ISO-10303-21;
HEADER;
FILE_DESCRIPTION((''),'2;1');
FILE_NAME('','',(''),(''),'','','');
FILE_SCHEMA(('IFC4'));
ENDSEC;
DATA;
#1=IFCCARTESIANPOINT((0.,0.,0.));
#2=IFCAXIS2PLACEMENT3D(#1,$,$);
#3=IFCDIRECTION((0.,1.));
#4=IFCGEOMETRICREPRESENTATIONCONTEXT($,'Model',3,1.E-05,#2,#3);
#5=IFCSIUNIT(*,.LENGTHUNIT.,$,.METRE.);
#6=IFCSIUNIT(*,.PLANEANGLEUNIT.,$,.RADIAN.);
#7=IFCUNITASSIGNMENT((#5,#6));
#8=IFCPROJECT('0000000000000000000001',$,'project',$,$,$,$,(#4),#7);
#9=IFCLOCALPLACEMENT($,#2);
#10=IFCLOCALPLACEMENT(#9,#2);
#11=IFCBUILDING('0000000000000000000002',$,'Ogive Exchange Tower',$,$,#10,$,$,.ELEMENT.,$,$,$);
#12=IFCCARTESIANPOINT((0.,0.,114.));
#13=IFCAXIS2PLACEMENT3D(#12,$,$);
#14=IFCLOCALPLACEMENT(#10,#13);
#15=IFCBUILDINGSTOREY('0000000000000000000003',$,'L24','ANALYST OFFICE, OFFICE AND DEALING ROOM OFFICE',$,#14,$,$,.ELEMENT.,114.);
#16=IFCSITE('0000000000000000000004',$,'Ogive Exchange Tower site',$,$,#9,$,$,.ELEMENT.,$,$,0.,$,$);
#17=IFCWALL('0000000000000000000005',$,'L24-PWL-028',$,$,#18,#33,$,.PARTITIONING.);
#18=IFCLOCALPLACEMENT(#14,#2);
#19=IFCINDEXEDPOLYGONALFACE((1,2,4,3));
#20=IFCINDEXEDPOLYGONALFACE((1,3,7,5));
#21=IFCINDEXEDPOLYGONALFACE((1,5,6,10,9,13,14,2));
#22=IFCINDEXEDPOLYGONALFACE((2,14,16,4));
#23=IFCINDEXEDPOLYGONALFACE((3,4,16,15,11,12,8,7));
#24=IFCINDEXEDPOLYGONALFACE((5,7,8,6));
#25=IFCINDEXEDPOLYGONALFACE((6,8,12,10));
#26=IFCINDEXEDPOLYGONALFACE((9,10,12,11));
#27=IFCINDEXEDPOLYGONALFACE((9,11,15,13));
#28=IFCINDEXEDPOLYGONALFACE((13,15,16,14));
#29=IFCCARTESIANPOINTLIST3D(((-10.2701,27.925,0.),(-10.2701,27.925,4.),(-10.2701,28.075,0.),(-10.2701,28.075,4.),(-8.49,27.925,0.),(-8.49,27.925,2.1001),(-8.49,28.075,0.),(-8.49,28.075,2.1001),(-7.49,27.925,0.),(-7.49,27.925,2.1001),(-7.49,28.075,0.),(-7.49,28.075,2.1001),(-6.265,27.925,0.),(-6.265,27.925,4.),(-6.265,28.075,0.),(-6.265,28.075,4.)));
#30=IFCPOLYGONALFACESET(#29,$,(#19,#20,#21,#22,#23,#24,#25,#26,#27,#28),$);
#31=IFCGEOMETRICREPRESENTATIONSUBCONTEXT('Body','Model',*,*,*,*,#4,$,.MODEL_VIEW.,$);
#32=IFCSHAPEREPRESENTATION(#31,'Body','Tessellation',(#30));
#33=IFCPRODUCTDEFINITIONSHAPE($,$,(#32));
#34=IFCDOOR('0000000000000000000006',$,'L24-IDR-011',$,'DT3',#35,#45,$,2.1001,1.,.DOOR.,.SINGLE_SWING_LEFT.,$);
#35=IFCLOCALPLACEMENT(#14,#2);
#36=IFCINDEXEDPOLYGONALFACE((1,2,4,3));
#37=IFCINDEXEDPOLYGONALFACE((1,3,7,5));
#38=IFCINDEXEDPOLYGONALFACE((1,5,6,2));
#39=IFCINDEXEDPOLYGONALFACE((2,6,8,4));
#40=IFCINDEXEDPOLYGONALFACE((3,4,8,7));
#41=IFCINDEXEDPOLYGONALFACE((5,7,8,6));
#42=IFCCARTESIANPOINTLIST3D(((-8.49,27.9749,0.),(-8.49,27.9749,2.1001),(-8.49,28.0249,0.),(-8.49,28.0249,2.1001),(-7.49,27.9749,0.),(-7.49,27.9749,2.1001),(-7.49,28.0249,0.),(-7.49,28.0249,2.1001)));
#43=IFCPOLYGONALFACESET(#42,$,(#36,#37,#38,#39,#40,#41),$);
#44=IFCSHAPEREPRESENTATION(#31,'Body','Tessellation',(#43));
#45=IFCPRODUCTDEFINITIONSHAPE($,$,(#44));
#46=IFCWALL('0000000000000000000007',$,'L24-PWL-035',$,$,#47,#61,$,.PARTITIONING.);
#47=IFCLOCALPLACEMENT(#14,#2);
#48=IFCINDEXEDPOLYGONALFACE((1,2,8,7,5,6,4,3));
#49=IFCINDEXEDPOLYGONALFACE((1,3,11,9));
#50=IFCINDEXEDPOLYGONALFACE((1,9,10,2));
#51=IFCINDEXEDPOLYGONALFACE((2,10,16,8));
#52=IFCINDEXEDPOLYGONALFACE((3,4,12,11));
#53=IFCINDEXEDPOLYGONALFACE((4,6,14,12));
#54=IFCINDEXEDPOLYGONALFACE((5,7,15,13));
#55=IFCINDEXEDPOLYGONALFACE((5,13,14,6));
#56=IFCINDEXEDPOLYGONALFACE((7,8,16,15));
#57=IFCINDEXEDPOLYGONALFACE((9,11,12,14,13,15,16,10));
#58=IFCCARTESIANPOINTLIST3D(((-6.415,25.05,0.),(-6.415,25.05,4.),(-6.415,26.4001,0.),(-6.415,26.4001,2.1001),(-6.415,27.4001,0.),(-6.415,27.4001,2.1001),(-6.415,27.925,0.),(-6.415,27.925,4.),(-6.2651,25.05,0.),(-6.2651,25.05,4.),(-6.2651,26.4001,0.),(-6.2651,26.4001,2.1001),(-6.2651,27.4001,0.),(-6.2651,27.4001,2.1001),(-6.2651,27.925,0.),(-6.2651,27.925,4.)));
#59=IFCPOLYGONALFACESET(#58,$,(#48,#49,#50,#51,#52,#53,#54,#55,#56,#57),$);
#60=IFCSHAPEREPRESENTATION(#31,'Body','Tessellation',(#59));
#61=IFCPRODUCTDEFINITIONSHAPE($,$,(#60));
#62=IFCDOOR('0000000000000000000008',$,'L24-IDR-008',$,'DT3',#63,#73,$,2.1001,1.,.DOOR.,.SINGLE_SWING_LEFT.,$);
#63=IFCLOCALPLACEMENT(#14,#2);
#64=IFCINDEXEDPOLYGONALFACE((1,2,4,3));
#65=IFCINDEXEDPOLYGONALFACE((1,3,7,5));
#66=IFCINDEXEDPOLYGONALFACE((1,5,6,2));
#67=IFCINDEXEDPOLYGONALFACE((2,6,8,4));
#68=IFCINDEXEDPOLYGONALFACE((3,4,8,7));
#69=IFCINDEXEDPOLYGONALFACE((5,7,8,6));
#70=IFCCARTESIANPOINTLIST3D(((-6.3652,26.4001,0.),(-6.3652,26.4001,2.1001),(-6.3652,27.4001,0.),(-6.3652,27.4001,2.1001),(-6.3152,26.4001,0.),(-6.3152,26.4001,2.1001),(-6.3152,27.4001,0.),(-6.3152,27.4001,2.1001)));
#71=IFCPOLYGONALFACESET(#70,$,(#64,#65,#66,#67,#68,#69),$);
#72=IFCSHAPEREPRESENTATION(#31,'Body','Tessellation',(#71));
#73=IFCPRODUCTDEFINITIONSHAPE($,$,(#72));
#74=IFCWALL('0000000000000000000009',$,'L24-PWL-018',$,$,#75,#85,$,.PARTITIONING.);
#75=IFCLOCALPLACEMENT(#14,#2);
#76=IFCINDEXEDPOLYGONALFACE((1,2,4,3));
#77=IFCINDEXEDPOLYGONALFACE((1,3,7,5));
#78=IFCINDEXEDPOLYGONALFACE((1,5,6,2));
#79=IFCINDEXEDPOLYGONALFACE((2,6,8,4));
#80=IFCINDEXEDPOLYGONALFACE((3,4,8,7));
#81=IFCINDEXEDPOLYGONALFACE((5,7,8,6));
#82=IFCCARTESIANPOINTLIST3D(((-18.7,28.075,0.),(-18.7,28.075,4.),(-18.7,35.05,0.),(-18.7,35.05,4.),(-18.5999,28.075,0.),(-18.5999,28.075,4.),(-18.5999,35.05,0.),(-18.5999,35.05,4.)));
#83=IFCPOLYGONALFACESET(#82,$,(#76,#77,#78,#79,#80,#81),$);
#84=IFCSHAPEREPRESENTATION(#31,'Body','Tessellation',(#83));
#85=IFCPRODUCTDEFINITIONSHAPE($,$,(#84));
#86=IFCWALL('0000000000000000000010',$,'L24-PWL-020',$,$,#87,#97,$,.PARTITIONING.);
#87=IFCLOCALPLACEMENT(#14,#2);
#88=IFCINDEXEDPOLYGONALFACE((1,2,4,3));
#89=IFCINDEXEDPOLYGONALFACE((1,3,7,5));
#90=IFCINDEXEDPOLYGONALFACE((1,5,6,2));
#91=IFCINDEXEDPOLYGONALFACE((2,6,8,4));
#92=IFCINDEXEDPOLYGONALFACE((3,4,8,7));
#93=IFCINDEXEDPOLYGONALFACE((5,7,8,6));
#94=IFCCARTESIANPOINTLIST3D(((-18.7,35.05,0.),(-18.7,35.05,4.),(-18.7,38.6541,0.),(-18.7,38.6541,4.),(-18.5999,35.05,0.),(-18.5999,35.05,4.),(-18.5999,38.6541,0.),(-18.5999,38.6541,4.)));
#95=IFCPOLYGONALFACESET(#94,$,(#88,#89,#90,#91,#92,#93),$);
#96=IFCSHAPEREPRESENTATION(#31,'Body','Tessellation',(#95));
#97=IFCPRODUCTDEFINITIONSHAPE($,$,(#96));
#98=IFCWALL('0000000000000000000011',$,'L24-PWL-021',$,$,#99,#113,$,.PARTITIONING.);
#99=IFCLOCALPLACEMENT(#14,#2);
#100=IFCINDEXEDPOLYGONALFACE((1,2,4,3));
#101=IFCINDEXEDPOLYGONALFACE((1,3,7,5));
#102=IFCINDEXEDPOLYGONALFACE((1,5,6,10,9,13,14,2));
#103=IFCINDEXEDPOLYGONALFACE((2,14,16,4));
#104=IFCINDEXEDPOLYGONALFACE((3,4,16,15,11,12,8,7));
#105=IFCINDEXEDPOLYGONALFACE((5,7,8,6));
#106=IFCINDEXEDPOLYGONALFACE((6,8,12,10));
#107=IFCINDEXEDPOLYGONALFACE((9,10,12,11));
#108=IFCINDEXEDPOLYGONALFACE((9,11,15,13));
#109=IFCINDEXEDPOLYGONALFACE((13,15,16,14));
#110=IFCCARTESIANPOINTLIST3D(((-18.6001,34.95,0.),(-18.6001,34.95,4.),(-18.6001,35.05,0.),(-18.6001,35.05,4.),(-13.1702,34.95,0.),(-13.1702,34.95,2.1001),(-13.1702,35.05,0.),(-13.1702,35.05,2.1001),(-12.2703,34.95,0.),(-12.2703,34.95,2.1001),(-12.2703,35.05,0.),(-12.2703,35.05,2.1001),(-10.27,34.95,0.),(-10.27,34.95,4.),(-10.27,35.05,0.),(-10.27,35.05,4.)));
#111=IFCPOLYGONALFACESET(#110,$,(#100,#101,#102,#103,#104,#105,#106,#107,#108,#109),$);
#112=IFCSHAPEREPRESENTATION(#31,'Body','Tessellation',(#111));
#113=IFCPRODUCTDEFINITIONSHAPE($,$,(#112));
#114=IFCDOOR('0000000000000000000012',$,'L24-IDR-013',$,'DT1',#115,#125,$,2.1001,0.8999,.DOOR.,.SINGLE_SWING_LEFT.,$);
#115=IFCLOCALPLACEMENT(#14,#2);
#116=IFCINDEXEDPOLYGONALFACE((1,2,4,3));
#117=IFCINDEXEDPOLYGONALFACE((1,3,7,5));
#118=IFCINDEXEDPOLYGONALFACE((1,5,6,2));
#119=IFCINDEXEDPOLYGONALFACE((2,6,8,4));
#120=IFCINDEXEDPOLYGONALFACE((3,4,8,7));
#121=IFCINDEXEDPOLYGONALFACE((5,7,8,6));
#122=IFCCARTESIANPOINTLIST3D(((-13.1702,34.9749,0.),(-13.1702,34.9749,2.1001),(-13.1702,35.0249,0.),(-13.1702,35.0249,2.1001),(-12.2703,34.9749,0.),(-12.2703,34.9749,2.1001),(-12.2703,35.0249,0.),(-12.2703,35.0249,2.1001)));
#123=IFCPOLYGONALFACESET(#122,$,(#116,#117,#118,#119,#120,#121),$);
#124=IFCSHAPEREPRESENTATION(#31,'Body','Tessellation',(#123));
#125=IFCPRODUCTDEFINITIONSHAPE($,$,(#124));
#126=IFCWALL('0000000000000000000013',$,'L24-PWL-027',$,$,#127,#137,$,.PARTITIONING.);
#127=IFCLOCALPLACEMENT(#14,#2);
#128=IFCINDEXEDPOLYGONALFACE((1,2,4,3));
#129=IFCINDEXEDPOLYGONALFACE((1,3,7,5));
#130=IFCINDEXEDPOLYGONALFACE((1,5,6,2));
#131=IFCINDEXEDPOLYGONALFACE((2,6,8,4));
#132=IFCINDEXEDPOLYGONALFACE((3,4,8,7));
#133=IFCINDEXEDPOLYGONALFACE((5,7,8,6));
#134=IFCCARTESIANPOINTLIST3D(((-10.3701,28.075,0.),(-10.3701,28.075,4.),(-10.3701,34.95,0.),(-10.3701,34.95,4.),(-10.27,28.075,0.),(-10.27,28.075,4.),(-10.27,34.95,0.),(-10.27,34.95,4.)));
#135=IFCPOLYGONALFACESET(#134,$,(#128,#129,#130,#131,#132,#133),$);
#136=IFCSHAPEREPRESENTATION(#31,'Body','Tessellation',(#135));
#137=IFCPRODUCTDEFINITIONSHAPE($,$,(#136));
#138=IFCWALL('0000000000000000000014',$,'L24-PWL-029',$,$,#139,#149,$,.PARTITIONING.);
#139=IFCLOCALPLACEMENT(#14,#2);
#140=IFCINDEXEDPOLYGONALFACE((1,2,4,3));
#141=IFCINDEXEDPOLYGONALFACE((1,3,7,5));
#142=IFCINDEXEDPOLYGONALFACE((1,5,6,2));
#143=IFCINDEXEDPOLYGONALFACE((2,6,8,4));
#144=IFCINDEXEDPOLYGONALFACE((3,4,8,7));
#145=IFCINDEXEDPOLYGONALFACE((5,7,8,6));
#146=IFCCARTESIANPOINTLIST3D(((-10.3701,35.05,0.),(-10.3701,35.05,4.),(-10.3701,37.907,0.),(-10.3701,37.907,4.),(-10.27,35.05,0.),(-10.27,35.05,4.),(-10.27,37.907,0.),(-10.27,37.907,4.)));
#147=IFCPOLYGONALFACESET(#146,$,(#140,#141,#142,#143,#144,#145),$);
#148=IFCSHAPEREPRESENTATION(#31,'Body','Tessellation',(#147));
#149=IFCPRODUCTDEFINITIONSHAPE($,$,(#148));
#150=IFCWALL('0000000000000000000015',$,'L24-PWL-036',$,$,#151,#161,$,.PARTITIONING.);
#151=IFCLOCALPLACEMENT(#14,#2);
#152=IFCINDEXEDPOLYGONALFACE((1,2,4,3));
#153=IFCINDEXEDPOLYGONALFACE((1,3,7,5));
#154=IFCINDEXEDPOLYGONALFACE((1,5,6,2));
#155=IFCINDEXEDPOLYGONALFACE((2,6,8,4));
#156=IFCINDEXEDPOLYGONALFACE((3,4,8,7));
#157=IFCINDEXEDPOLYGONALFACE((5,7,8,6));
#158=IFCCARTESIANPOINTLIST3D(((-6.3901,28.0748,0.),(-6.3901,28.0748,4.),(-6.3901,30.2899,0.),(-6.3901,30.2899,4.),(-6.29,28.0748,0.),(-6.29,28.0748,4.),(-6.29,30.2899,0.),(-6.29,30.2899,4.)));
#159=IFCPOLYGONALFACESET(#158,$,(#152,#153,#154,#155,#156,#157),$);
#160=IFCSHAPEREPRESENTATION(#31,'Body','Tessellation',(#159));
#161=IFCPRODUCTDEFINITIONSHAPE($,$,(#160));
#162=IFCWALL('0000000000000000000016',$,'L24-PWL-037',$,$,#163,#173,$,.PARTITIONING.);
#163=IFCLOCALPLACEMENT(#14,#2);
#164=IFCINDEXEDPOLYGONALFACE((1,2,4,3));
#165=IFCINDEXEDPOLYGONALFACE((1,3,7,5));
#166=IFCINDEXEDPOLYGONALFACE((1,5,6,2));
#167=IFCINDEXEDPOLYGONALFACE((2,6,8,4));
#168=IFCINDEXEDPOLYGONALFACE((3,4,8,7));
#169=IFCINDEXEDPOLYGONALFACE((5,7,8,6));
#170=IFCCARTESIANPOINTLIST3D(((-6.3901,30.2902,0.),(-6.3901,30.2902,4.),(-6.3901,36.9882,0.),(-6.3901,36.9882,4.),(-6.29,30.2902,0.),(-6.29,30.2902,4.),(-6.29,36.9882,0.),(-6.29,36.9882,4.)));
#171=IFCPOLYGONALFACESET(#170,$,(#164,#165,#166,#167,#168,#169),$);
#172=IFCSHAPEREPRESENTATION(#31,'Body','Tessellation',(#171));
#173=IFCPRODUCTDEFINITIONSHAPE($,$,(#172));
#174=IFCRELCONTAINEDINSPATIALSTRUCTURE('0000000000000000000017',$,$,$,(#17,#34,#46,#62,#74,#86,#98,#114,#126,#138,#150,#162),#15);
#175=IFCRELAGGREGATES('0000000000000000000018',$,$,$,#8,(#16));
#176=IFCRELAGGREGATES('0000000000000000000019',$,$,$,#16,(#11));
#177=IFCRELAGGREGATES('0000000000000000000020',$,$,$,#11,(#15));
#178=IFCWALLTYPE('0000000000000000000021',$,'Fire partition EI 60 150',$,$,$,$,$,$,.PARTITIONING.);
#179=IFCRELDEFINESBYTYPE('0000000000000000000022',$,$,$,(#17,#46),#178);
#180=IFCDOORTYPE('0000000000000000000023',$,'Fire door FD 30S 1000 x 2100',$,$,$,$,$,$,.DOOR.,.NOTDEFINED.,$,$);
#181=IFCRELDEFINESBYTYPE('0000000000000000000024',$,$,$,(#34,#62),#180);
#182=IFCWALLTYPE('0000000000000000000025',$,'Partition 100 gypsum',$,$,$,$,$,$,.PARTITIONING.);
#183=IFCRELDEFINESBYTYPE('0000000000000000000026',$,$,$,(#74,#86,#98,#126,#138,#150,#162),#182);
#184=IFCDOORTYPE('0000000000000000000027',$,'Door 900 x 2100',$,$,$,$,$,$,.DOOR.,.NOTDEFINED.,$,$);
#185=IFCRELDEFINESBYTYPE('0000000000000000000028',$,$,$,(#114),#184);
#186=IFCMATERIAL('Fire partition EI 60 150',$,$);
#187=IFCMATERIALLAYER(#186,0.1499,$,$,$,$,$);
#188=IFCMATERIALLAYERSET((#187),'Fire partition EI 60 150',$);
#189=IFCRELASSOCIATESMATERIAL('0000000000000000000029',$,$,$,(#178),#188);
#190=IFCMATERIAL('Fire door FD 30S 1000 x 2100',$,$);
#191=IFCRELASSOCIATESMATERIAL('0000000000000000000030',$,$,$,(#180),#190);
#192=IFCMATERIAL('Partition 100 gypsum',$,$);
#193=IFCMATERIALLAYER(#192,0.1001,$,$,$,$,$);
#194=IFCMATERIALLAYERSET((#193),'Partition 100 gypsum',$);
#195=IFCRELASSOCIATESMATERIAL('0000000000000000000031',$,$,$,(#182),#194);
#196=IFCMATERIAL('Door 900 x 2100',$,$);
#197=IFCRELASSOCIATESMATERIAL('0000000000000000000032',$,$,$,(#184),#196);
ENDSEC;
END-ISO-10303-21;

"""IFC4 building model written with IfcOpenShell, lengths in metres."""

from ifc_helpers import new_model, si_unit, direction, frame, frame_2d, origin, place, context, subcontext, project, spatial, rectangle, extrude, material, layer, layer_set, type_object, element, fill, save


model = new_model("IFC4")

# Units and contexts
model_context = context("Model", 3, precision=1e-05, world=origin(), true_north=direction((0.0, 1.0)))
body_context = subcontext(model_context, "Body", "Model", "MODEL_VIEW")
ifc_project = project(units=[si_unit("LENGTHUNIT", "METRE"), si_unit("PLANEANGLEUNIT", "RADIAN")], contexts=[model_context])

# Site, building, storey
site_placement = place(None, origin())
site = spatial("IfcSite", under=ifc_project, at=site_placement, Name="Ogive Exchange Tower site", CompositionType="ELEMENT", RefElevation=0.0)
building_placement = place(site_placement, origin())
building = spatial("IfcBuilding", under=site, at=building_placement, Name="Ogive Exchange Tower", CompositionType="ELEMENT")
storey_placement = place(building_placement, frame((0.0, 0.0, 114.0)))
storey = spatial("IfcBuildingStorey", under=building, at=storey_placement, Name="L24", Description="ANALYST OFFICE, OFFICE AND DEALING ROOM OFFICE", CompositionType="ELEMENT", Elevation=114.0)

# Shared definitions
ifc_material_1 = material(Name="Fire partition EI 60 150")
ifc_layer_1 = layer(ifc_material_1, 0.1499)
ifc_layer_set_1 = layer_set([ifc_layer_1], Name="Fire partition EI 60 150")
wall_type_1 = type_object("IfcWallType", Name="Fire partition EI 60 150", PredefinedType="PARTITIONING", material=ifc_layer_set_1)

# Walls, openings, doors
ifc_material_2 = material(Name="Fire door FD 30S 1000 x 2100")
door_type_1 = type_object("IfcDoorType", Name="Fire door FD 30S 1000 x 2100", OperationType="NOTDEFINED", PredefinedType="DOOR", material=ifc_material_2)
wall_1_placement = place(storey_placement, frame((-10.27, 28.0, 0.0), z_axis=(0.0, 0.0, 1.0), x_axis=(1.0, 0.0, 0.0)))
wall_1 = element("IfcWall", 1, at=wall_1_placement, inside=storey, type_object=wall_type_1, Name="L24-PWL-028", PredefinedType="PARTITIONING", context=body_context, shape_type="SweptSolid", body=[
    extrude(rectangle(XDim=4.0051, YDim=0.1499, at=frame_2d((2.0024, 0.0))), origin(), (0.0, 0.0, 1.0), 4.0),
])
opening_1_placement = place(wall_1_placement, frame((1.78, 0.0, 0.0)))
opening_1 = element("IfcOpeningElement", 2, at=opening_1_placement, cuts=wall_1, PredefinedType="OPENING", context=body_context, shape_type="SweptSolid", body=[
    extrude(rectangle(XDim=1.0, YDim=2.1001, at=frame_2d((0.5, 1.05))), frame((0.0, 0.085, 0.0), z_axis=(0.0, -1.0, 0.0), x_axis=(1.0, 0.0, 0.0)), (0.0, 0.0, 1.0), 0.1699),
])
door_1_placement = place(opening_1_placement, origin())
door_1 = element("IfcDoor", 3, at=door_1_placement, inside=storey, type_object=door_type_1, Name="L24-IDR-011", ObjectType="DT3", OperationType="SINGLE_SWING_LEFT", OverallHeight=2.1001, OverallWidth=1.0, PredefinedType="DOOR", context=body_context, shape_type="SweptSolid", body=[
    extrude(rectangle(XDim=1.0, YDim=2.1001, at=frame_2d((0.5, 1.05))), frame((0.0, 0.0249, 0.0), z_axis=(0.0, -1.0, 0.0), x_axis=(1.0, 0.0, 0.0)), (0.0, 0.0, 1.0), 0.05),
])
fill(opening_1, door_1)
wall_2_placement = place(storey_placement, frame((-6.3401, 27.925, 0.0), z_axis=(0.0, 0.0, 1.0), x_axis=(0.0, -1.0, 0.0)))
wall_2 = element("IfcWall", 4, at=wall_2_placement, inside=storey, type_object=wall_type_1, Name="L24-PWL-035", PredefinedType="PARTITIONING", context=body_context, shape_type="SweptSolid", body=[
    extrude(rectangle(XDim=2.875, YDim=0.1499, at=frame_2d((1.4375, 0.0))), origin(), (0.0, 0.0, 1.0), 4.0),
])
opening_2_placement = place(wall_2_placement, frame((0.5249, 0.0, 0.0)))
opening_2 = element("IfcOpeningElement", 5, at=opening_2_placement, cuts=wall_2, PredefinedType="OPENING", context=body_context, shape_type="SweptSolid", body=[
    extrude(rectangle(XDim=1.0, YDim=2.1001, at=frame_2d((0.5, 1.05))), frame((0.0, 0.085, 0.0), z_axis=(0.0, -1.0, 0.0), x_axis=(1.0, 0.0, 0.0)), (0.0, 0.0, 1.0), 0.1699),
])
door_2_placement = place(opening_2_placement, origin())
door_2 = element("IfcDoor", 6, at=door_2_placement, inside=storey, type_object=door_type_1, Name="L24-IDR-008", ObjectType="DT3", OperationType="SINGLE_SWING_LEFT", OverallHeight=2.1001, OverallWidth=1.0, PredefinedType="DOOR", context=body_context, shape_type="SweptSolid", body=[
    extrude(rectangle(XDim=1.0, YDim=2.1001, at=frame_2d((0.5, 1.05))), frame((0.0, 0.0249, 0.0), z_axis=(0.0, -1.0, 0.0), x_axis=(1.0, 0.0, 0.0)), (0.0, 0.0, 1.0), 0.05),
])
fill(opening_2, door_2)

# Walls
ifc_material_3 = material(Name="Partition 100 gypsum")
ifc_layer_2 = layer(ifc_material_3, 0.1001)
ifc_layer_set_2 = layer_set([ifc_layer_2], Name="Partition 100 gypsum")
wall_type_2 = type_object("IfcWallType", Name="Partition 100 gypsum", PredefinedType="PARTITIONING", material=ifc_layer_set_2)
wall_3_placement = place(storey_placement, frame((-18.6499, 28.075, 0.0), z_axis=(0.0, 0.0, 1.0), x_axis=(0.0, 1.0, 0.0)))
element("IfcWall", 7, at=wall_3_placement, inside=storey, type_object=wall_type_2, Name="L24-PWL-018", PredefinedType="PARTITIONING", context=body_context, shape_type="SweptSolid", body=[
    extrude(rectangle(XDim=6.9751, YDim=0.1001, at=frame_2d((3.4875, 0.0))), origin(), (0.0, 0.0, 1.0), 4.0),
])
wall_4_placement = place(storey_placement, frame((-18.6499, 35.05, 0.0), z_axis=(0.0, 0.0, 1.0), x_axis=(0.0, 1.0, 0.0)))
element("IfcWall", 8, at=wall_4_placement, inside=storey, type_object=wall_type_2, Name="L24-PWL-020", PredefinedType="PARTITIONING", context=body_context, shape_type="SweptSolid", body=[
    extrude(rectangle(XDim=3.604, YDim=0.1001, at=frame_2d((1.802, 0.0))), origin(), (0.0, 0.0, 1.0), 4.0),
])

# Wall, opening, door
wall_5_placement = place(storey_placement, frame((-18.6001, 35.0, 0.0), z_axis=(0.0, 0.0, 1.0), x_axis=(1.0, 0.0, 0.0)))
wall_5 = element("IfcWall", 9, at=wall_5_placement, inside=storey, type_object=wall_type_2, Name="L24-PWL-021", PredefinedType="PARTITIONING", context=body_context, shape_type="SweptSolid", body=[
    extrude(rectangle(XDim=8.3301, YDim=0.1001, at=frame_2d((4.165, 0.0))), origin(), (0.0, 0.0, 1.0), 4.0),
])
opening_3_placement = place(wall_5_placement, frame((5.4299, 0.0, 0.0)))
opening_3 = element("IfcOpeningElement", 10, at=opening_3_placement, cuts=wall_5, PredefinedType="OPENING", context=body_context, shape_type="SweptSolid", body=[
    extrude(rectangle(XDim=0.8999, YDim=2.1001, at=frame_2d((0.45, 1.05))), frame((0.0, 0.0601, 0.0), z_axis=(0.0, -1.0, 0.0), x_axis=(1.0, 0.0, 0.0)), (0.0, 0.0, 1.0), 0.1201),
])
ifc_material_4 = material(Name="Door 900 x 2100")
door_type_2 = type_object("IfcDoorType", Name="Door 900 x 2100", OperationType="NOTDEFINED", PredefinedType="DOOR", material=ifc_material_4)
door_3_placement = place(opening_3_placement, origin())
door_3 = element("IfcDoor", 11, at=door_3_placement, inside=storey, type_object=door_type_2, Name="L24-IDR-013", ObjectType="DT1", OperationType="SINGLE_SWING_LEFT", OverallHeight=2.1001, OverallWidth=0.8999, PredefinedType="DOOR", context=body_context, shape_type="SweptSolid", body=[
    extrude(rectangle(XDim=0.8999, YDim=2.1001, at=frame_2d((0.45, 1.05))), frame((0.0, 0.0249, 0.0), z_axis=(0.0, -1.0, 0.0), x_axis=(1.0, 0.0, 0.0)), (0.0, 0.0, 1.0), 0.05),
])
fill(opening_3, door_3)

# Walls
wall_6_placement = place(storey_placement, frame((-10.3201, 28.075, 0.0), z_axis=(0.0, 0.0, 1.0), x_axis=(0.0, 1.0, 0.0)))
element("IfcWall", 12, at=wall_6_placement, inside=storey, type_object=wall_type_2, Name="L24-PWL-027", PredefinedType="PARTITIONING", context=body_context, shape_type="SweptSolid", body=[
    extrude(rectangle(XDim=6.875, YDim=0.1001, at=frame_2d((3.4375, 0.0))), origin(), (0.0, 0.0, 1.0), 4.0),
])
wall_7_placement = place(storey_placement, frame((-10.3201, 35.05, 0.0), z_axis=(0.0, 0.0, 1.0), x_axis=(0.0, 1.0, 0.0)))
element("IfcWall", 13, at=wall_7_placement, inside=storey, type_object=wall_type_2, Name="L24-PWL-029", PredefinedType="PARTITIONING", context=body_context, shape_type="SweptSolid", body=[
    extrude(rectangle(XDim=2.8569, YDim=0.1001, at=frame_2d((1.4285, 0.0))), origin(), (0.0, 0.0, 1.0), 4.0),
])
wall_8_placement = place(storey_placement, frame((-6.3401, 28.075, 0.0), z_axis=(0.0, 0.0, 1.0), x_axis=(0.0, 1.0, 0.0)))
element("IfcWall", 14, at=wall_8_placement, inside=storey, type_object=wall_type_2, Name="L24-PWL-036", PredefinedType="PARTITIONING", context=body_context, shape_type="SweptSolid", body=[
    extrude(rectangle(XDim=2.2151, YDim=0.1001, at=frame_2d((1.1074, 0.0))), origin(), (0.0, 0.0, 1.0), 4.0),
])
wall_9_placement = place(storey_placement, frame((-6.3401, 30.29, 0.0), z_axis=(0.0, 0.0, 1.0), x_axis=(0.0, 1.0, 0.0)))
element("IfcWall", 15, at=wall_9_placement, inside=storey, type_object=wall_type_2, Name="L24-PWL-037", PredefinedType="PARTITIONING", context=body_context, shape_type="SweptSolid", body=[
    extrude(rectangle(XDim=6.698, YDim=0.1001, at=frame_2d((3.3491, 0.0))), origin(), (0.0, 0.0, 1.0), 4.0),
])

save(model, "model.ifc")
